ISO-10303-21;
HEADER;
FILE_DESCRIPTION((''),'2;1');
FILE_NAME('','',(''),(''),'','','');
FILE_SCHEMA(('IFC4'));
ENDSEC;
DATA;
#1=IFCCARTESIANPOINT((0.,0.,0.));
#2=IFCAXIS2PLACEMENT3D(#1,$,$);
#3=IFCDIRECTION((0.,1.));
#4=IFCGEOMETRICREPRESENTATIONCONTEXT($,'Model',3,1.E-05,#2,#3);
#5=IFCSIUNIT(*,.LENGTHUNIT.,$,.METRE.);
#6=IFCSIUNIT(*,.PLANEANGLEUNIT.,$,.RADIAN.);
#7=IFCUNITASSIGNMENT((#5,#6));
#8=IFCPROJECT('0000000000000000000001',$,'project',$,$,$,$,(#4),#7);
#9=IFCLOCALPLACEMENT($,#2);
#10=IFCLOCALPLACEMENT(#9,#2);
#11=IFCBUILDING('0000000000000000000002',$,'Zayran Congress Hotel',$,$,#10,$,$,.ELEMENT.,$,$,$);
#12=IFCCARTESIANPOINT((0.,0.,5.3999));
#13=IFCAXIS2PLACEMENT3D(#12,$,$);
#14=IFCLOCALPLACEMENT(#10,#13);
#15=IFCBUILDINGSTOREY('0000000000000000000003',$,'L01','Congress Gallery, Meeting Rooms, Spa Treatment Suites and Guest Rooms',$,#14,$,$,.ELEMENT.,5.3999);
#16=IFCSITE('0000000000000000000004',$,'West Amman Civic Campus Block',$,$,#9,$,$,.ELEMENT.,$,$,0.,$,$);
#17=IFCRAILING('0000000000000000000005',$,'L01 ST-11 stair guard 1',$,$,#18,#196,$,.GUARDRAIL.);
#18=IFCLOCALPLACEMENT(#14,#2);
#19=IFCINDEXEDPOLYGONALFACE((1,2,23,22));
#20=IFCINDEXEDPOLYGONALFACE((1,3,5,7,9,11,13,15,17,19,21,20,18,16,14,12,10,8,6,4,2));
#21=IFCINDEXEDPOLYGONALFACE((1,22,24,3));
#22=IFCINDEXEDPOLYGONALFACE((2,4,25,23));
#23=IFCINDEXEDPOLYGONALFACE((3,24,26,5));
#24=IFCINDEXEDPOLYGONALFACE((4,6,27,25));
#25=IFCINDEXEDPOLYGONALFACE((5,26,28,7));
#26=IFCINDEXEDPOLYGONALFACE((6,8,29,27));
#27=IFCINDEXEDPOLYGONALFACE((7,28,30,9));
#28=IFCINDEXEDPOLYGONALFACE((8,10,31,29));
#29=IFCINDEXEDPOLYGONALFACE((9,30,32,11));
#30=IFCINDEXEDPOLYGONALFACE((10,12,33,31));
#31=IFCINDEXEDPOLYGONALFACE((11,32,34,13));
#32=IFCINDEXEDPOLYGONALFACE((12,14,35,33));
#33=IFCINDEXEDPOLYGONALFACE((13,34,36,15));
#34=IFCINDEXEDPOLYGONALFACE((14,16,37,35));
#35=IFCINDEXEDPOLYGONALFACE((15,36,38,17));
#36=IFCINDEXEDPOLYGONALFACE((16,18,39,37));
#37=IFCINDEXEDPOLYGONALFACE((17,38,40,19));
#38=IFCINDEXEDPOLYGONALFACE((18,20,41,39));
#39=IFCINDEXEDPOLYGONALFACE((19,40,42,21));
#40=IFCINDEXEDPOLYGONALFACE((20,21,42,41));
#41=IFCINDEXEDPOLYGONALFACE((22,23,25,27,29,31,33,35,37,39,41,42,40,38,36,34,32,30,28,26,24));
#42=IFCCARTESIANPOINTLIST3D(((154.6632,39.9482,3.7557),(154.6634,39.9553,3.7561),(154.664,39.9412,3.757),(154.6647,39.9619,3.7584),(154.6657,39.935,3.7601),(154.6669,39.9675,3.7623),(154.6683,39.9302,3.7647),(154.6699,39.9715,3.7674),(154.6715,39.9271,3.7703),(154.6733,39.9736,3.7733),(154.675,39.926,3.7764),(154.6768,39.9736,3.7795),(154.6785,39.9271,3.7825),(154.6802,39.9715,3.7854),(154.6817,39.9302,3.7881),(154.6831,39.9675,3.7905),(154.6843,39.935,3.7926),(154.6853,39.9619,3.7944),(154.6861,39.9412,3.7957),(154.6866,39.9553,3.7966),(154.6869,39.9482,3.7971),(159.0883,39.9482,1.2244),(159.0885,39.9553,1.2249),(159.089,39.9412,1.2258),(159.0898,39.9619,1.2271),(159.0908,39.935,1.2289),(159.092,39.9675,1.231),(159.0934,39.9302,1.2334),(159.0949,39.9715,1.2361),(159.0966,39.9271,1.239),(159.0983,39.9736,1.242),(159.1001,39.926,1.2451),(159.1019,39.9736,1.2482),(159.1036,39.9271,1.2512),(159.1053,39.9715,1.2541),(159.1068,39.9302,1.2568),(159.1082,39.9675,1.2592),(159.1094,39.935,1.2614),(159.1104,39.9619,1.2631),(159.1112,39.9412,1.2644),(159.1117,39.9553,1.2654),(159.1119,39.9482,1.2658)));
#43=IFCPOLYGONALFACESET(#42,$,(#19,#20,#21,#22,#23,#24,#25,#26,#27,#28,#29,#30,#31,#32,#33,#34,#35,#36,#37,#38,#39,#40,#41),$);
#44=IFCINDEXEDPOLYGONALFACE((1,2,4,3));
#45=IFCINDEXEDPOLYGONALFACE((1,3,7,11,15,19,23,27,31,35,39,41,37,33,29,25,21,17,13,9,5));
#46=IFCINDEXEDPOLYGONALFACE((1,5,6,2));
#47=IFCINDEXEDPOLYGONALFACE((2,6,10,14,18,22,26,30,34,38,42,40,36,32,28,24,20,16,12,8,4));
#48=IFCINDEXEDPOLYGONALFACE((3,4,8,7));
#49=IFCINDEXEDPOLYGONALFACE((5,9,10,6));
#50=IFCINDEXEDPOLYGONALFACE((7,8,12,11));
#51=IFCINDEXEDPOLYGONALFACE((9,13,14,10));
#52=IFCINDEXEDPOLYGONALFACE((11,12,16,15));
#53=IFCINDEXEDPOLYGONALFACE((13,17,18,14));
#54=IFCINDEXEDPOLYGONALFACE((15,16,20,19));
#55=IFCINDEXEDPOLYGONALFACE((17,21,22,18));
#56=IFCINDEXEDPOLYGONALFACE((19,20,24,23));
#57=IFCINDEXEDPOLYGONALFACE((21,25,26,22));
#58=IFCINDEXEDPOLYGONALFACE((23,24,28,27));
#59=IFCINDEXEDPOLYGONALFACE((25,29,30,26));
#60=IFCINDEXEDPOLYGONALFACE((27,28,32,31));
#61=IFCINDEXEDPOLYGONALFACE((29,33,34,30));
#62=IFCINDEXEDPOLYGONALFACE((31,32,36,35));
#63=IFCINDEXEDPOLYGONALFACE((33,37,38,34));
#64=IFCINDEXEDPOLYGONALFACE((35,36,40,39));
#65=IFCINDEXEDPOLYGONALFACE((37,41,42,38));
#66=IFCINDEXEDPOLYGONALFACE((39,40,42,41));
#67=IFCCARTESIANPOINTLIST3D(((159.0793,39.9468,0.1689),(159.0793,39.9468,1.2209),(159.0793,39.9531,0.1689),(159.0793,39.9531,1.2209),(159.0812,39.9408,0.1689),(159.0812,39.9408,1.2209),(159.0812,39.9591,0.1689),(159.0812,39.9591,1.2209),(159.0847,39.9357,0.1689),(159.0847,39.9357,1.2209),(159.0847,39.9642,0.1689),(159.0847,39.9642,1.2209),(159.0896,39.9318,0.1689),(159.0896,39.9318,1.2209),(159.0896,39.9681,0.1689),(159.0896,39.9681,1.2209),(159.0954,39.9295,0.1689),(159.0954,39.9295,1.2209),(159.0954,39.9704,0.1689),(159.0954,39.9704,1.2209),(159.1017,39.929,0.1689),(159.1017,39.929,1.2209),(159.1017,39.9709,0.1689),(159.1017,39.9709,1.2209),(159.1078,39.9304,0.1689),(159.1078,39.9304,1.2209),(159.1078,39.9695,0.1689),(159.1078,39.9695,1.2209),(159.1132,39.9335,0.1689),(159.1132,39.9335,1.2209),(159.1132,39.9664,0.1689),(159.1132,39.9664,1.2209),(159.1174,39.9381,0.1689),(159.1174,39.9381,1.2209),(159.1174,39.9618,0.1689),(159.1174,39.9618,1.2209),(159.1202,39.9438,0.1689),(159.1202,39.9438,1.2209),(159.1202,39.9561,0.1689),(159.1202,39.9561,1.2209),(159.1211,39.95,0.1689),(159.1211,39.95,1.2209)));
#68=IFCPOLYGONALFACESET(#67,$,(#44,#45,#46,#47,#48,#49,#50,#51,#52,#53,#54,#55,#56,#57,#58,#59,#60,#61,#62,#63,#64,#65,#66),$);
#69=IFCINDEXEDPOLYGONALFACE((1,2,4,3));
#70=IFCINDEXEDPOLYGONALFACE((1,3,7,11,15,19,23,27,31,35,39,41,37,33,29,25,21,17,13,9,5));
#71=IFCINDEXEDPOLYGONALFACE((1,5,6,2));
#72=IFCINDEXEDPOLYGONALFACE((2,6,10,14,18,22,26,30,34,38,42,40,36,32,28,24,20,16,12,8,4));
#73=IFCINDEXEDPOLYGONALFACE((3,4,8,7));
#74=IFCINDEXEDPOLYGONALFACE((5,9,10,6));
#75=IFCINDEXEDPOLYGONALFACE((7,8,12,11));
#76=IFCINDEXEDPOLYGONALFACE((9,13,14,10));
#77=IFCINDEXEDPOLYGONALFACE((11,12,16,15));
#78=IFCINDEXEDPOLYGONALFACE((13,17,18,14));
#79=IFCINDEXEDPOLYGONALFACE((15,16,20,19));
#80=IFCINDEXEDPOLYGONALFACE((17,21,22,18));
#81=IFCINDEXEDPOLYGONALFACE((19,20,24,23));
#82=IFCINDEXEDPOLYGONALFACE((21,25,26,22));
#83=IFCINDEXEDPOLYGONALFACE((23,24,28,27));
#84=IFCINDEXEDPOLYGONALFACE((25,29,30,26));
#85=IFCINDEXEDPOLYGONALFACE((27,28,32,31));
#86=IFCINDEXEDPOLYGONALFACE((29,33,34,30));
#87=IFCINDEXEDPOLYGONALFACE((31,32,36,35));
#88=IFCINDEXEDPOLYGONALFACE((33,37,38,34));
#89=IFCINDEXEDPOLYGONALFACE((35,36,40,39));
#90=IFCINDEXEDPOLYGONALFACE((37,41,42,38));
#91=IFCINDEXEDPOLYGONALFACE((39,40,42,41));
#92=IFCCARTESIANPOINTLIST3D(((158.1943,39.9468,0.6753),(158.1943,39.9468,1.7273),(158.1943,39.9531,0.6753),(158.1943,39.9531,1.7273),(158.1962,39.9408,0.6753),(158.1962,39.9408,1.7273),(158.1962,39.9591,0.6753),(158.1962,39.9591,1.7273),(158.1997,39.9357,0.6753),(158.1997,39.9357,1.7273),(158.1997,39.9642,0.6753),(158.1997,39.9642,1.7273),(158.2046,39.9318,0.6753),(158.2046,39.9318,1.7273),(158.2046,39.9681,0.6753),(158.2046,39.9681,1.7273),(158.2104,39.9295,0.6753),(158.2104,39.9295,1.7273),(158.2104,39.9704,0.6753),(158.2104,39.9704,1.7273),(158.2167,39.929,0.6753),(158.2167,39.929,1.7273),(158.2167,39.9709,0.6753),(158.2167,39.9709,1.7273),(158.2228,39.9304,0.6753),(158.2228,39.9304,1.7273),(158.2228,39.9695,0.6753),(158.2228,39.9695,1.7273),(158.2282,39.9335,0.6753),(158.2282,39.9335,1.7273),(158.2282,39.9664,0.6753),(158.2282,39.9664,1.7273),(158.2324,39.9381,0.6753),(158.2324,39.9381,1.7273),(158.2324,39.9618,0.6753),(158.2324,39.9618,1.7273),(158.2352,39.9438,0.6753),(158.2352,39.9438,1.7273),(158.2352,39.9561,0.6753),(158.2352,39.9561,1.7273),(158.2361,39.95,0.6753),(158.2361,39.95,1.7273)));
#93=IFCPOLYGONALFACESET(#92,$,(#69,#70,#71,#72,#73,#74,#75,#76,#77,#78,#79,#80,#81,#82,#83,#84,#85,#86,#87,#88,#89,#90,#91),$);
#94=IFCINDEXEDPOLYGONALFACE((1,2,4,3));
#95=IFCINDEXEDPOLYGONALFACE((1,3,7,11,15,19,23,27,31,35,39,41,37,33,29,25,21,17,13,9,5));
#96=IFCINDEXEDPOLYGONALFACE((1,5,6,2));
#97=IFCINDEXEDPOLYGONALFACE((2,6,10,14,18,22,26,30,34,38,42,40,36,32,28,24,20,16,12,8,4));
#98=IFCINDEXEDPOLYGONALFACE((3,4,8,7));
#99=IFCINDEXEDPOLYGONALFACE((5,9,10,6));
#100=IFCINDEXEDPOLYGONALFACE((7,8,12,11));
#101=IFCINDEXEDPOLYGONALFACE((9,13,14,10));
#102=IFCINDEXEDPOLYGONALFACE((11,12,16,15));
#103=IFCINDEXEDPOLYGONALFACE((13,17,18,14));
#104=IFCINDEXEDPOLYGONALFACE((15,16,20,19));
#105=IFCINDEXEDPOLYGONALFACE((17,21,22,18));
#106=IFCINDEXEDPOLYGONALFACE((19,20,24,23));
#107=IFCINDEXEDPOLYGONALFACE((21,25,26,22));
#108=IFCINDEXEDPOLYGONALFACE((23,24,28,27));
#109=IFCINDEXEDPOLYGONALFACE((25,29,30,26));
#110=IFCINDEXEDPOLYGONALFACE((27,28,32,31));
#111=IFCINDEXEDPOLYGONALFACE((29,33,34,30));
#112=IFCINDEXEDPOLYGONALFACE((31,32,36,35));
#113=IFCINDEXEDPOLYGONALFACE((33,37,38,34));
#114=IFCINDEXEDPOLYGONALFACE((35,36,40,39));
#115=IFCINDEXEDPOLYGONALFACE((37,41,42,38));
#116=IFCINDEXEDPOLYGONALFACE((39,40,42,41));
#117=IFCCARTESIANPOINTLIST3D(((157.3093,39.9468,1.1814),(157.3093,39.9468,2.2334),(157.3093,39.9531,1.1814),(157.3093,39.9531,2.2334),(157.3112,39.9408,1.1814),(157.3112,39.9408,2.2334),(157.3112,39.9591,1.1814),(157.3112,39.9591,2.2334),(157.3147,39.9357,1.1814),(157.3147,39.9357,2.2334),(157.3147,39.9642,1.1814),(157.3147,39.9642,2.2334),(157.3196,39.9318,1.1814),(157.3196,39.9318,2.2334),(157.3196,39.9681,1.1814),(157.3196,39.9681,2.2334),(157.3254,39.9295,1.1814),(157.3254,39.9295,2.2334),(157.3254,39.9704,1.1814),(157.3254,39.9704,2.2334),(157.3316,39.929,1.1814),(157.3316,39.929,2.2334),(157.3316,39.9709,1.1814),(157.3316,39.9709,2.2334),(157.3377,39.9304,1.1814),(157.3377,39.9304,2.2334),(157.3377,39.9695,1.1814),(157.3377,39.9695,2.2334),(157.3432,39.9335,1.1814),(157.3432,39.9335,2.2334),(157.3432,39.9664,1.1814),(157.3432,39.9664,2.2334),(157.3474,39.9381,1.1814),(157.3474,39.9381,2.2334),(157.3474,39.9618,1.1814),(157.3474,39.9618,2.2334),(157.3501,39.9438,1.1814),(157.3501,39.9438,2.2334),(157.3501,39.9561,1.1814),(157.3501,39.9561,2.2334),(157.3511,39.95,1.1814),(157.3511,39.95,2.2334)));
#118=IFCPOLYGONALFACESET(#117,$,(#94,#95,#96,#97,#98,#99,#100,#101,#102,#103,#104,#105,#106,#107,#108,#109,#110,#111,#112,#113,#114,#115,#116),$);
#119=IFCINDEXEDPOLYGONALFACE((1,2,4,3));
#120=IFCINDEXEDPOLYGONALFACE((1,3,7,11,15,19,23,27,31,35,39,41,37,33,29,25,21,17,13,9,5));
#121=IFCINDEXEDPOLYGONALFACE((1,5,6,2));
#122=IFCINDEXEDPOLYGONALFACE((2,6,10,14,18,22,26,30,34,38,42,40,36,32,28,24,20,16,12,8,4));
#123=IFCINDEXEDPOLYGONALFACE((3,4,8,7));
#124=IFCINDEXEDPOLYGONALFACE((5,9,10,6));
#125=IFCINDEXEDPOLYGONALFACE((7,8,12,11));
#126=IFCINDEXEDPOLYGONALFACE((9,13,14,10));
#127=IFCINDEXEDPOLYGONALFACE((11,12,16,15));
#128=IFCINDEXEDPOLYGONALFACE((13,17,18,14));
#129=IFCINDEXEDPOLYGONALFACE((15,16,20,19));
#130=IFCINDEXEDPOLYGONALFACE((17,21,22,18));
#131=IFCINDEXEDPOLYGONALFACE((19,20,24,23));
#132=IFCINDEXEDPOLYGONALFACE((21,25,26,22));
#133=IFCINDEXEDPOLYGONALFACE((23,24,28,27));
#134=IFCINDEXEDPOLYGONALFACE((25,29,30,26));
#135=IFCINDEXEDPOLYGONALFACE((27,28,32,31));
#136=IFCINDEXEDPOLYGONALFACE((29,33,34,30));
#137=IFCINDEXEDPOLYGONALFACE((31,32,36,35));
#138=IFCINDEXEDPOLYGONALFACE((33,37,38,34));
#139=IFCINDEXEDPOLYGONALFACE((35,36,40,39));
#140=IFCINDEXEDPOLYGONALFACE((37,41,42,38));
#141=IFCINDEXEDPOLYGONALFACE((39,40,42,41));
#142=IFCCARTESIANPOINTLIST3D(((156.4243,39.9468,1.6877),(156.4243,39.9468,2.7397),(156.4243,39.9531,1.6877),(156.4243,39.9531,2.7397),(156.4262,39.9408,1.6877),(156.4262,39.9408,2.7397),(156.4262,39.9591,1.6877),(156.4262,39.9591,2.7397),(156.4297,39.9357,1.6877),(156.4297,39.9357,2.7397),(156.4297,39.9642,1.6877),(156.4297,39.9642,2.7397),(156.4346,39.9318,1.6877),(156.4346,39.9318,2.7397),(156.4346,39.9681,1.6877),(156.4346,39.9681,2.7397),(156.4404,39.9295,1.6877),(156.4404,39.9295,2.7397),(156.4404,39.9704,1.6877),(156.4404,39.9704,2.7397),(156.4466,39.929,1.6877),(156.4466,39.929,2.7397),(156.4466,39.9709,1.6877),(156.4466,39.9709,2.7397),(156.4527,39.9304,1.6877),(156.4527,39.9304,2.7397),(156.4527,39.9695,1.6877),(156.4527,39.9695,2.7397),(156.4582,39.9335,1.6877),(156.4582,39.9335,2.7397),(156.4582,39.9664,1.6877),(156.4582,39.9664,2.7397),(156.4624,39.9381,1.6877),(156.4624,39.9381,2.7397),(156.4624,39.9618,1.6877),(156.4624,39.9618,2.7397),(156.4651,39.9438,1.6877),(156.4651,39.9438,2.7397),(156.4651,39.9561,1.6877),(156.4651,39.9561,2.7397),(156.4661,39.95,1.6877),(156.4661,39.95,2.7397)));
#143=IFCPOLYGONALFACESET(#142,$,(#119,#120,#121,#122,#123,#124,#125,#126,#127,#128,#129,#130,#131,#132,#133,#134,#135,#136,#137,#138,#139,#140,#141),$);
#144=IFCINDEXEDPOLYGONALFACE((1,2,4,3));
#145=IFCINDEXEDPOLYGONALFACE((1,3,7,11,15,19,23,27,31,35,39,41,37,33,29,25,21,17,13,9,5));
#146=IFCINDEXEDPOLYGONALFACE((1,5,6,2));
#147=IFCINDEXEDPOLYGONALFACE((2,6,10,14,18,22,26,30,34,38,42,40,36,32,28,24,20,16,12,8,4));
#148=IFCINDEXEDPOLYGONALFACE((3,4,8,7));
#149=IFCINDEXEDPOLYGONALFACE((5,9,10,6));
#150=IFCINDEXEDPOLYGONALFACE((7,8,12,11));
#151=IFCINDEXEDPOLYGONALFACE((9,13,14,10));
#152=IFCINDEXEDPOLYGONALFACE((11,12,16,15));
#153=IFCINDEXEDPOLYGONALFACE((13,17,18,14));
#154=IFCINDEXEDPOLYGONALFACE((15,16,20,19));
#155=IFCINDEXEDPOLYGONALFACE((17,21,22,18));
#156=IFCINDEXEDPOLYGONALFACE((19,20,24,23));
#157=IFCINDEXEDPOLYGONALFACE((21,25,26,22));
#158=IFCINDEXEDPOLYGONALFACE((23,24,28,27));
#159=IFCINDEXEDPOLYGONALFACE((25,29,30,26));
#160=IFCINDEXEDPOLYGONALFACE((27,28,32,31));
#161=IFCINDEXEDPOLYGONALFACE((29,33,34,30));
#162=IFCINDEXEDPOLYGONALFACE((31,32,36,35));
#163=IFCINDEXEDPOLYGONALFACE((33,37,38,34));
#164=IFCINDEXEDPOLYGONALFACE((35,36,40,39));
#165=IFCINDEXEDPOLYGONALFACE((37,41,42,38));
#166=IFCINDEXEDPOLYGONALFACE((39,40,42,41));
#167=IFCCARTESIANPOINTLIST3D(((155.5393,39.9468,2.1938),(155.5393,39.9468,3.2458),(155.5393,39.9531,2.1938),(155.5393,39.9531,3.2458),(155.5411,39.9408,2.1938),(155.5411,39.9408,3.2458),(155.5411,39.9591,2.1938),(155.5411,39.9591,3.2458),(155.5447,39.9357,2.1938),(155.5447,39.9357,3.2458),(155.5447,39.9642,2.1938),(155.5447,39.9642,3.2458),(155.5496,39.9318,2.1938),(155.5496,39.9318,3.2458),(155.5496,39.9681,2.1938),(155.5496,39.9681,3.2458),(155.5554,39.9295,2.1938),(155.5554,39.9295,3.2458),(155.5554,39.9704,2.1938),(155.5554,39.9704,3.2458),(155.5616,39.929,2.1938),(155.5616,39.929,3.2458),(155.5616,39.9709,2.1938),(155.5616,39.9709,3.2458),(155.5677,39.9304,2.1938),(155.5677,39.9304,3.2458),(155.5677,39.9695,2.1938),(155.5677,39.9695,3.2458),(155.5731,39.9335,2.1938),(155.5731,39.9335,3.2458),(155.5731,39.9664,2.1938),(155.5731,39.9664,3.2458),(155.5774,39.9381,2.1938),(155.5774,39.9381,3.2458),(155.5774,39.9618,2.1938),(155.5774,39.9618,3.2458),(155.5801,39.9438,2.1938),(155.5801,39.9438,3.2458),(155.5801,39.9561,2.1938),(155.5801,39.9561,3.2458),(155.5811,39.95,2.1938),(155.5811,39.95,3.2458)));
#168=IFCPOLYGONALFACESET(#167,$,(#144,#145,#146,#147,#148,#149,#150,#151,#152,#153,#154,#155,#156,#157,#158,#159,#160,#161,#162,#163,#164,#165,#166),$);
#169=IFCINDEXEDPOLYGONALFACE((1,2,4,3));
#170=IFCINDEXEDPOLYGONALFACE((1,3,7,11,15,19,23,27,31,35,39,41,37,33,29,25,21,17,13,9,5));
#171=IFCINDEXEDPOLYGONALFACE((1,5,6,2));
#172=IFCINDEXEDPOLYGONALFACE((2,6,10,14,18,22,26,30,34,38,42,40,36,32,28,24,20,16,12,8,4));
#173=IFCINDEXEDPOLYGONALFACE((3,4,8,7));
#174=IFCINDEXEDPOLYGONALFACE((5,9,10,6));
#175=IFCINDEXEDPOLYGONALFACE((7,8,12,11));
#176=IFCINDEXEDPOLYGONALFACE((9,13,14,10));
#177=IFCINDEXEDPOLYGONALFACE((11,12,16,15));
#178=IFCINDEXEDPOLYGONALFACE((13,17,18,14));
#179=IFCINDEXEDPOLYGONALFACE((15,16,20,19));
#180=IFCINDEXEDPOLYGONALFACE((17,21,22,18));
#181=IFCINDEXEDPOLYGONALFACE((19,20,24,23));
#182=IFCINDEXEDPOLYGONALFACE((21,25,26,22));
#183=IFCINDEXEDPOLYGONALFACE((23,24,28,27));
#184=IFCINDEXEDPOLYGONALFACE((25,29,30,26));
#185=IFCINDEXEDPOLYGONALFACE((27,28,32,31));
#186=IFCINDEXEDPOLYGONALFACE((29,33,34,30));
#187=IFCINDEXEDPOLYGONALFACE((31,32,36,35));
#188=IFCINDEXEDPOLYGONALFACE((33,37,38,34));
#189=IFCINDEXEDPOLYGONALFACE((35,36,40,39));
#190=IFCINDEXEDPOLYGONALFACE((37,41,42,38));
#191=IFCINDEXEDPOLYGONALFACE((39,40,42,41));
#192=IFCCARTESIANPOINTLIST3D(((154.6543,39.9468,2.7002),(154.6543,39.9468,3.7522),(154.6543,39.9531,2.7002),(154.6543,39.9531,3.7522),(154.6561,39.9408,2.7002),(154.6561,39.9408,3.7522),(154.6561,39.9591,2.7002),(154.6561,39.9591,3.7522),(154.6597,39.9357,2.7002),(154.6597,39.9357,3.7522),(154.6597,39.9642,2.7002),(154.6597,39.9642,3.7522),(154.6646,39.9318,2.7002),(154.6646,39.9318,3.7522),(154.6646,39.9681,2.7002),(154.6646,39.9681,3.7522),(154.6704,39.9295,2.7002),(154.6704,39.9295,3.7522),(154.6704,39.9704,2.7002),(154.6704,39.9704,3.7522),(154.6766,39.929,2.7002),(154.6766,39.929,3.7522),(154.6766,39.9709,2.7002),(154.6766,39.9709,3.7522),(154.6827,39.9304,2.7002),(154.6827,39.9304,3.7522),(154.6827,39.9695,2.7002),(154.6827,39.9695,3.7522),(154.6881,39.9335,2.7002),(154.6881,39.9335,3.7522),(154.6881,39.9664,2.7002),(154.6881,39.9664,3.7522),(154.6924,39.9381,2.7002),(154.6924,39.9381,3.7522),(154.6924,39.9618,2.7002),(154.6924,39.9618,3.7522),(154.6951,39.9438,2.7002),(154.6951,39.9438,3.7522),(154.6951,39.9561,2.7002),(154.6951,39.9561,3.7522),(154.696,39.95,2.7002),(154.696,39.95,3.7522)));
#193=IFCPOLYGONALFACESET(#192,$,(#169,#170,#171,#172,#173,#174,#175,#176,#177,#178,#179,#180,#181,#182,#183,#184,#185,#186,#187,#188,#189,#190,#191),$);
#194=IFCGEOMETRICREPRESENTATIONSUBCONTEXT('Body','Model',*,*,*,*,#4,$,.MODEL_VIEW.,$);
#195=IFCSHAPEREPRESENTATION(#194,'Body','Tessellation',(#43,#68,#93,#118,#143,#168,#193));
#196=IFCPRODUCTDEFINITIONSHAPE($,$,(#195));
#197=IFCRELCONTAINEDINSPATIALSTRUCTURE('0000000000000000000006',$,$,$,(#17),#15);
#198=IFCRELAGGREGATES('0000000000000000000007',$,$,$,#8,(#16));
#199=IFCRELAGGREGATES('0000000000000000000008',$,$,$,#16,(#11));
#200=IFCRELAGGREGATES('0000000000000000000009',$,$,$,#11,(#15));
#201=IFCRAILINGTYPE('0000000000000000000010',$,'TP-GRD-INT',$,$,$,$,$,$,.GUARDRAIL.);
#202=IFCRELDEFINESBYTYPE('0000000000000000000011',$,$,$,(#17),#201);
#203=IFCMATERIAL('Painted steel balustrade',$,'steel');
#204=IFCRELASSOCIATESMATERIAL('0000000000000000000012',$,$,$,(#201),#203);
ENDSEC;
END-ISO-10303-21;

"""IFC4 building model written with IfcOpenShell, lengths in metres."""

from ifc_helpers import new_model, si_unit, direction, frame, origin, origin_2d, place, context, subcontext, project, spatial, circle, extrude, material, type_object, element, save


model = new_model("IFC4")

# Units and contexts
model_context = context("Model", 3, precision=1e-05, world=origin(), true_north=direction((0.0, 1.0)))
body_context = subcontext(model_context, "Body", "Model", "MODEL_VIEW")
ifc_project = project(units=[si_unit("LENGTHUNIT", "METRE"), si_unit("PLANEANGLEUNIT", "RADIAN")], contexts=[model_context])

# Site, building, storey
site_placement = place(None, origin())
site = spatial("IfcSite", under=ifc_project, at=site_placement, Name="West Amman Civic Campus Block", CompositionType="ELEMENT", RefElevation=0.0)
building_placement = place(site_placement, origin())
building = spatial("IfcBuilding", under=site, at=building_placement, Name="Zayran Congress Hotel", CompositionType="ELEMENT")
storey_placement = place(building_placement, frame((0.0, 0.0, 5.3999)))
storey = spatial("IfcBuildingStorey", under=building, at=storey_placement, Name="L01", Description="Congress Gallery, Meeting Rooms, Spa Treatment Suites and Guest Rooms", CompositionType="ELEMENT", Elevation=5.3999)

# Railing
ifc_material_1 = material(Name="Painted steel balustrade", Category="steel")
railing_type_1 = type_object("IfcRailingType", Name="TP-GRD-INT", PredefinedType="GUARDRAIL", material=ifc_material_1)
railing_1_placement = place(storey_placement, frame((159.1001, 39.95, 0.1689)))
element("IfcRailing", 1, at=railing_1_placement, inside=storey, type_object=railing_type_1, Name="L01 ST-11 stair guard 1", PredefinedType="GUARDRAIL", context=body_context, shape_type="SweptSolid", body=[
    extrude(circle(Radius=0.0239, at=origin_2d()), frame((0.0, 0.0, 1.0762), z_axis=(-0.868019, 0.0, 0.496531), x_axis=(0.0, -1.0, 0.0)), (0.0, 0.0, 1.0), 5.0979),
    extrude(circle(Radius=0.021, at=origin_2d()), origin(), (0.0, 0.0, 1.0), 1.052),
    extrude(circle(Radius=0.021, at=origin_2d()), frame((-0.885, 0.0, 0.5063)), (0.0, 0.0, 1.0), 1.052),
    extrude(circle(Radius=0.021, at=origin_2d()), frame((-1.77, 0.0, 1.0125)), (0.0, 0.0, 1.0), 1.052),
    extrude(circle(Radius=0.021, at=origin_2d()), frame((-2.655, 0.0, 1.5188)), (0.0, 0.0, 1.0), 1.052),
    extrude(circle(Radius=0.021, at=origin_2d()), frame((-3.54, 0.0, 2.0249)), (0.0, 0.0, 1.0), 1.052),
    extrude(circle(Radius=0.021, at=origin_2d()), frame((-4.425, 0.0, 2.5312)), (0.0, 0.0, 1.0), 1.052),
])

save(model, "model.ifc")
